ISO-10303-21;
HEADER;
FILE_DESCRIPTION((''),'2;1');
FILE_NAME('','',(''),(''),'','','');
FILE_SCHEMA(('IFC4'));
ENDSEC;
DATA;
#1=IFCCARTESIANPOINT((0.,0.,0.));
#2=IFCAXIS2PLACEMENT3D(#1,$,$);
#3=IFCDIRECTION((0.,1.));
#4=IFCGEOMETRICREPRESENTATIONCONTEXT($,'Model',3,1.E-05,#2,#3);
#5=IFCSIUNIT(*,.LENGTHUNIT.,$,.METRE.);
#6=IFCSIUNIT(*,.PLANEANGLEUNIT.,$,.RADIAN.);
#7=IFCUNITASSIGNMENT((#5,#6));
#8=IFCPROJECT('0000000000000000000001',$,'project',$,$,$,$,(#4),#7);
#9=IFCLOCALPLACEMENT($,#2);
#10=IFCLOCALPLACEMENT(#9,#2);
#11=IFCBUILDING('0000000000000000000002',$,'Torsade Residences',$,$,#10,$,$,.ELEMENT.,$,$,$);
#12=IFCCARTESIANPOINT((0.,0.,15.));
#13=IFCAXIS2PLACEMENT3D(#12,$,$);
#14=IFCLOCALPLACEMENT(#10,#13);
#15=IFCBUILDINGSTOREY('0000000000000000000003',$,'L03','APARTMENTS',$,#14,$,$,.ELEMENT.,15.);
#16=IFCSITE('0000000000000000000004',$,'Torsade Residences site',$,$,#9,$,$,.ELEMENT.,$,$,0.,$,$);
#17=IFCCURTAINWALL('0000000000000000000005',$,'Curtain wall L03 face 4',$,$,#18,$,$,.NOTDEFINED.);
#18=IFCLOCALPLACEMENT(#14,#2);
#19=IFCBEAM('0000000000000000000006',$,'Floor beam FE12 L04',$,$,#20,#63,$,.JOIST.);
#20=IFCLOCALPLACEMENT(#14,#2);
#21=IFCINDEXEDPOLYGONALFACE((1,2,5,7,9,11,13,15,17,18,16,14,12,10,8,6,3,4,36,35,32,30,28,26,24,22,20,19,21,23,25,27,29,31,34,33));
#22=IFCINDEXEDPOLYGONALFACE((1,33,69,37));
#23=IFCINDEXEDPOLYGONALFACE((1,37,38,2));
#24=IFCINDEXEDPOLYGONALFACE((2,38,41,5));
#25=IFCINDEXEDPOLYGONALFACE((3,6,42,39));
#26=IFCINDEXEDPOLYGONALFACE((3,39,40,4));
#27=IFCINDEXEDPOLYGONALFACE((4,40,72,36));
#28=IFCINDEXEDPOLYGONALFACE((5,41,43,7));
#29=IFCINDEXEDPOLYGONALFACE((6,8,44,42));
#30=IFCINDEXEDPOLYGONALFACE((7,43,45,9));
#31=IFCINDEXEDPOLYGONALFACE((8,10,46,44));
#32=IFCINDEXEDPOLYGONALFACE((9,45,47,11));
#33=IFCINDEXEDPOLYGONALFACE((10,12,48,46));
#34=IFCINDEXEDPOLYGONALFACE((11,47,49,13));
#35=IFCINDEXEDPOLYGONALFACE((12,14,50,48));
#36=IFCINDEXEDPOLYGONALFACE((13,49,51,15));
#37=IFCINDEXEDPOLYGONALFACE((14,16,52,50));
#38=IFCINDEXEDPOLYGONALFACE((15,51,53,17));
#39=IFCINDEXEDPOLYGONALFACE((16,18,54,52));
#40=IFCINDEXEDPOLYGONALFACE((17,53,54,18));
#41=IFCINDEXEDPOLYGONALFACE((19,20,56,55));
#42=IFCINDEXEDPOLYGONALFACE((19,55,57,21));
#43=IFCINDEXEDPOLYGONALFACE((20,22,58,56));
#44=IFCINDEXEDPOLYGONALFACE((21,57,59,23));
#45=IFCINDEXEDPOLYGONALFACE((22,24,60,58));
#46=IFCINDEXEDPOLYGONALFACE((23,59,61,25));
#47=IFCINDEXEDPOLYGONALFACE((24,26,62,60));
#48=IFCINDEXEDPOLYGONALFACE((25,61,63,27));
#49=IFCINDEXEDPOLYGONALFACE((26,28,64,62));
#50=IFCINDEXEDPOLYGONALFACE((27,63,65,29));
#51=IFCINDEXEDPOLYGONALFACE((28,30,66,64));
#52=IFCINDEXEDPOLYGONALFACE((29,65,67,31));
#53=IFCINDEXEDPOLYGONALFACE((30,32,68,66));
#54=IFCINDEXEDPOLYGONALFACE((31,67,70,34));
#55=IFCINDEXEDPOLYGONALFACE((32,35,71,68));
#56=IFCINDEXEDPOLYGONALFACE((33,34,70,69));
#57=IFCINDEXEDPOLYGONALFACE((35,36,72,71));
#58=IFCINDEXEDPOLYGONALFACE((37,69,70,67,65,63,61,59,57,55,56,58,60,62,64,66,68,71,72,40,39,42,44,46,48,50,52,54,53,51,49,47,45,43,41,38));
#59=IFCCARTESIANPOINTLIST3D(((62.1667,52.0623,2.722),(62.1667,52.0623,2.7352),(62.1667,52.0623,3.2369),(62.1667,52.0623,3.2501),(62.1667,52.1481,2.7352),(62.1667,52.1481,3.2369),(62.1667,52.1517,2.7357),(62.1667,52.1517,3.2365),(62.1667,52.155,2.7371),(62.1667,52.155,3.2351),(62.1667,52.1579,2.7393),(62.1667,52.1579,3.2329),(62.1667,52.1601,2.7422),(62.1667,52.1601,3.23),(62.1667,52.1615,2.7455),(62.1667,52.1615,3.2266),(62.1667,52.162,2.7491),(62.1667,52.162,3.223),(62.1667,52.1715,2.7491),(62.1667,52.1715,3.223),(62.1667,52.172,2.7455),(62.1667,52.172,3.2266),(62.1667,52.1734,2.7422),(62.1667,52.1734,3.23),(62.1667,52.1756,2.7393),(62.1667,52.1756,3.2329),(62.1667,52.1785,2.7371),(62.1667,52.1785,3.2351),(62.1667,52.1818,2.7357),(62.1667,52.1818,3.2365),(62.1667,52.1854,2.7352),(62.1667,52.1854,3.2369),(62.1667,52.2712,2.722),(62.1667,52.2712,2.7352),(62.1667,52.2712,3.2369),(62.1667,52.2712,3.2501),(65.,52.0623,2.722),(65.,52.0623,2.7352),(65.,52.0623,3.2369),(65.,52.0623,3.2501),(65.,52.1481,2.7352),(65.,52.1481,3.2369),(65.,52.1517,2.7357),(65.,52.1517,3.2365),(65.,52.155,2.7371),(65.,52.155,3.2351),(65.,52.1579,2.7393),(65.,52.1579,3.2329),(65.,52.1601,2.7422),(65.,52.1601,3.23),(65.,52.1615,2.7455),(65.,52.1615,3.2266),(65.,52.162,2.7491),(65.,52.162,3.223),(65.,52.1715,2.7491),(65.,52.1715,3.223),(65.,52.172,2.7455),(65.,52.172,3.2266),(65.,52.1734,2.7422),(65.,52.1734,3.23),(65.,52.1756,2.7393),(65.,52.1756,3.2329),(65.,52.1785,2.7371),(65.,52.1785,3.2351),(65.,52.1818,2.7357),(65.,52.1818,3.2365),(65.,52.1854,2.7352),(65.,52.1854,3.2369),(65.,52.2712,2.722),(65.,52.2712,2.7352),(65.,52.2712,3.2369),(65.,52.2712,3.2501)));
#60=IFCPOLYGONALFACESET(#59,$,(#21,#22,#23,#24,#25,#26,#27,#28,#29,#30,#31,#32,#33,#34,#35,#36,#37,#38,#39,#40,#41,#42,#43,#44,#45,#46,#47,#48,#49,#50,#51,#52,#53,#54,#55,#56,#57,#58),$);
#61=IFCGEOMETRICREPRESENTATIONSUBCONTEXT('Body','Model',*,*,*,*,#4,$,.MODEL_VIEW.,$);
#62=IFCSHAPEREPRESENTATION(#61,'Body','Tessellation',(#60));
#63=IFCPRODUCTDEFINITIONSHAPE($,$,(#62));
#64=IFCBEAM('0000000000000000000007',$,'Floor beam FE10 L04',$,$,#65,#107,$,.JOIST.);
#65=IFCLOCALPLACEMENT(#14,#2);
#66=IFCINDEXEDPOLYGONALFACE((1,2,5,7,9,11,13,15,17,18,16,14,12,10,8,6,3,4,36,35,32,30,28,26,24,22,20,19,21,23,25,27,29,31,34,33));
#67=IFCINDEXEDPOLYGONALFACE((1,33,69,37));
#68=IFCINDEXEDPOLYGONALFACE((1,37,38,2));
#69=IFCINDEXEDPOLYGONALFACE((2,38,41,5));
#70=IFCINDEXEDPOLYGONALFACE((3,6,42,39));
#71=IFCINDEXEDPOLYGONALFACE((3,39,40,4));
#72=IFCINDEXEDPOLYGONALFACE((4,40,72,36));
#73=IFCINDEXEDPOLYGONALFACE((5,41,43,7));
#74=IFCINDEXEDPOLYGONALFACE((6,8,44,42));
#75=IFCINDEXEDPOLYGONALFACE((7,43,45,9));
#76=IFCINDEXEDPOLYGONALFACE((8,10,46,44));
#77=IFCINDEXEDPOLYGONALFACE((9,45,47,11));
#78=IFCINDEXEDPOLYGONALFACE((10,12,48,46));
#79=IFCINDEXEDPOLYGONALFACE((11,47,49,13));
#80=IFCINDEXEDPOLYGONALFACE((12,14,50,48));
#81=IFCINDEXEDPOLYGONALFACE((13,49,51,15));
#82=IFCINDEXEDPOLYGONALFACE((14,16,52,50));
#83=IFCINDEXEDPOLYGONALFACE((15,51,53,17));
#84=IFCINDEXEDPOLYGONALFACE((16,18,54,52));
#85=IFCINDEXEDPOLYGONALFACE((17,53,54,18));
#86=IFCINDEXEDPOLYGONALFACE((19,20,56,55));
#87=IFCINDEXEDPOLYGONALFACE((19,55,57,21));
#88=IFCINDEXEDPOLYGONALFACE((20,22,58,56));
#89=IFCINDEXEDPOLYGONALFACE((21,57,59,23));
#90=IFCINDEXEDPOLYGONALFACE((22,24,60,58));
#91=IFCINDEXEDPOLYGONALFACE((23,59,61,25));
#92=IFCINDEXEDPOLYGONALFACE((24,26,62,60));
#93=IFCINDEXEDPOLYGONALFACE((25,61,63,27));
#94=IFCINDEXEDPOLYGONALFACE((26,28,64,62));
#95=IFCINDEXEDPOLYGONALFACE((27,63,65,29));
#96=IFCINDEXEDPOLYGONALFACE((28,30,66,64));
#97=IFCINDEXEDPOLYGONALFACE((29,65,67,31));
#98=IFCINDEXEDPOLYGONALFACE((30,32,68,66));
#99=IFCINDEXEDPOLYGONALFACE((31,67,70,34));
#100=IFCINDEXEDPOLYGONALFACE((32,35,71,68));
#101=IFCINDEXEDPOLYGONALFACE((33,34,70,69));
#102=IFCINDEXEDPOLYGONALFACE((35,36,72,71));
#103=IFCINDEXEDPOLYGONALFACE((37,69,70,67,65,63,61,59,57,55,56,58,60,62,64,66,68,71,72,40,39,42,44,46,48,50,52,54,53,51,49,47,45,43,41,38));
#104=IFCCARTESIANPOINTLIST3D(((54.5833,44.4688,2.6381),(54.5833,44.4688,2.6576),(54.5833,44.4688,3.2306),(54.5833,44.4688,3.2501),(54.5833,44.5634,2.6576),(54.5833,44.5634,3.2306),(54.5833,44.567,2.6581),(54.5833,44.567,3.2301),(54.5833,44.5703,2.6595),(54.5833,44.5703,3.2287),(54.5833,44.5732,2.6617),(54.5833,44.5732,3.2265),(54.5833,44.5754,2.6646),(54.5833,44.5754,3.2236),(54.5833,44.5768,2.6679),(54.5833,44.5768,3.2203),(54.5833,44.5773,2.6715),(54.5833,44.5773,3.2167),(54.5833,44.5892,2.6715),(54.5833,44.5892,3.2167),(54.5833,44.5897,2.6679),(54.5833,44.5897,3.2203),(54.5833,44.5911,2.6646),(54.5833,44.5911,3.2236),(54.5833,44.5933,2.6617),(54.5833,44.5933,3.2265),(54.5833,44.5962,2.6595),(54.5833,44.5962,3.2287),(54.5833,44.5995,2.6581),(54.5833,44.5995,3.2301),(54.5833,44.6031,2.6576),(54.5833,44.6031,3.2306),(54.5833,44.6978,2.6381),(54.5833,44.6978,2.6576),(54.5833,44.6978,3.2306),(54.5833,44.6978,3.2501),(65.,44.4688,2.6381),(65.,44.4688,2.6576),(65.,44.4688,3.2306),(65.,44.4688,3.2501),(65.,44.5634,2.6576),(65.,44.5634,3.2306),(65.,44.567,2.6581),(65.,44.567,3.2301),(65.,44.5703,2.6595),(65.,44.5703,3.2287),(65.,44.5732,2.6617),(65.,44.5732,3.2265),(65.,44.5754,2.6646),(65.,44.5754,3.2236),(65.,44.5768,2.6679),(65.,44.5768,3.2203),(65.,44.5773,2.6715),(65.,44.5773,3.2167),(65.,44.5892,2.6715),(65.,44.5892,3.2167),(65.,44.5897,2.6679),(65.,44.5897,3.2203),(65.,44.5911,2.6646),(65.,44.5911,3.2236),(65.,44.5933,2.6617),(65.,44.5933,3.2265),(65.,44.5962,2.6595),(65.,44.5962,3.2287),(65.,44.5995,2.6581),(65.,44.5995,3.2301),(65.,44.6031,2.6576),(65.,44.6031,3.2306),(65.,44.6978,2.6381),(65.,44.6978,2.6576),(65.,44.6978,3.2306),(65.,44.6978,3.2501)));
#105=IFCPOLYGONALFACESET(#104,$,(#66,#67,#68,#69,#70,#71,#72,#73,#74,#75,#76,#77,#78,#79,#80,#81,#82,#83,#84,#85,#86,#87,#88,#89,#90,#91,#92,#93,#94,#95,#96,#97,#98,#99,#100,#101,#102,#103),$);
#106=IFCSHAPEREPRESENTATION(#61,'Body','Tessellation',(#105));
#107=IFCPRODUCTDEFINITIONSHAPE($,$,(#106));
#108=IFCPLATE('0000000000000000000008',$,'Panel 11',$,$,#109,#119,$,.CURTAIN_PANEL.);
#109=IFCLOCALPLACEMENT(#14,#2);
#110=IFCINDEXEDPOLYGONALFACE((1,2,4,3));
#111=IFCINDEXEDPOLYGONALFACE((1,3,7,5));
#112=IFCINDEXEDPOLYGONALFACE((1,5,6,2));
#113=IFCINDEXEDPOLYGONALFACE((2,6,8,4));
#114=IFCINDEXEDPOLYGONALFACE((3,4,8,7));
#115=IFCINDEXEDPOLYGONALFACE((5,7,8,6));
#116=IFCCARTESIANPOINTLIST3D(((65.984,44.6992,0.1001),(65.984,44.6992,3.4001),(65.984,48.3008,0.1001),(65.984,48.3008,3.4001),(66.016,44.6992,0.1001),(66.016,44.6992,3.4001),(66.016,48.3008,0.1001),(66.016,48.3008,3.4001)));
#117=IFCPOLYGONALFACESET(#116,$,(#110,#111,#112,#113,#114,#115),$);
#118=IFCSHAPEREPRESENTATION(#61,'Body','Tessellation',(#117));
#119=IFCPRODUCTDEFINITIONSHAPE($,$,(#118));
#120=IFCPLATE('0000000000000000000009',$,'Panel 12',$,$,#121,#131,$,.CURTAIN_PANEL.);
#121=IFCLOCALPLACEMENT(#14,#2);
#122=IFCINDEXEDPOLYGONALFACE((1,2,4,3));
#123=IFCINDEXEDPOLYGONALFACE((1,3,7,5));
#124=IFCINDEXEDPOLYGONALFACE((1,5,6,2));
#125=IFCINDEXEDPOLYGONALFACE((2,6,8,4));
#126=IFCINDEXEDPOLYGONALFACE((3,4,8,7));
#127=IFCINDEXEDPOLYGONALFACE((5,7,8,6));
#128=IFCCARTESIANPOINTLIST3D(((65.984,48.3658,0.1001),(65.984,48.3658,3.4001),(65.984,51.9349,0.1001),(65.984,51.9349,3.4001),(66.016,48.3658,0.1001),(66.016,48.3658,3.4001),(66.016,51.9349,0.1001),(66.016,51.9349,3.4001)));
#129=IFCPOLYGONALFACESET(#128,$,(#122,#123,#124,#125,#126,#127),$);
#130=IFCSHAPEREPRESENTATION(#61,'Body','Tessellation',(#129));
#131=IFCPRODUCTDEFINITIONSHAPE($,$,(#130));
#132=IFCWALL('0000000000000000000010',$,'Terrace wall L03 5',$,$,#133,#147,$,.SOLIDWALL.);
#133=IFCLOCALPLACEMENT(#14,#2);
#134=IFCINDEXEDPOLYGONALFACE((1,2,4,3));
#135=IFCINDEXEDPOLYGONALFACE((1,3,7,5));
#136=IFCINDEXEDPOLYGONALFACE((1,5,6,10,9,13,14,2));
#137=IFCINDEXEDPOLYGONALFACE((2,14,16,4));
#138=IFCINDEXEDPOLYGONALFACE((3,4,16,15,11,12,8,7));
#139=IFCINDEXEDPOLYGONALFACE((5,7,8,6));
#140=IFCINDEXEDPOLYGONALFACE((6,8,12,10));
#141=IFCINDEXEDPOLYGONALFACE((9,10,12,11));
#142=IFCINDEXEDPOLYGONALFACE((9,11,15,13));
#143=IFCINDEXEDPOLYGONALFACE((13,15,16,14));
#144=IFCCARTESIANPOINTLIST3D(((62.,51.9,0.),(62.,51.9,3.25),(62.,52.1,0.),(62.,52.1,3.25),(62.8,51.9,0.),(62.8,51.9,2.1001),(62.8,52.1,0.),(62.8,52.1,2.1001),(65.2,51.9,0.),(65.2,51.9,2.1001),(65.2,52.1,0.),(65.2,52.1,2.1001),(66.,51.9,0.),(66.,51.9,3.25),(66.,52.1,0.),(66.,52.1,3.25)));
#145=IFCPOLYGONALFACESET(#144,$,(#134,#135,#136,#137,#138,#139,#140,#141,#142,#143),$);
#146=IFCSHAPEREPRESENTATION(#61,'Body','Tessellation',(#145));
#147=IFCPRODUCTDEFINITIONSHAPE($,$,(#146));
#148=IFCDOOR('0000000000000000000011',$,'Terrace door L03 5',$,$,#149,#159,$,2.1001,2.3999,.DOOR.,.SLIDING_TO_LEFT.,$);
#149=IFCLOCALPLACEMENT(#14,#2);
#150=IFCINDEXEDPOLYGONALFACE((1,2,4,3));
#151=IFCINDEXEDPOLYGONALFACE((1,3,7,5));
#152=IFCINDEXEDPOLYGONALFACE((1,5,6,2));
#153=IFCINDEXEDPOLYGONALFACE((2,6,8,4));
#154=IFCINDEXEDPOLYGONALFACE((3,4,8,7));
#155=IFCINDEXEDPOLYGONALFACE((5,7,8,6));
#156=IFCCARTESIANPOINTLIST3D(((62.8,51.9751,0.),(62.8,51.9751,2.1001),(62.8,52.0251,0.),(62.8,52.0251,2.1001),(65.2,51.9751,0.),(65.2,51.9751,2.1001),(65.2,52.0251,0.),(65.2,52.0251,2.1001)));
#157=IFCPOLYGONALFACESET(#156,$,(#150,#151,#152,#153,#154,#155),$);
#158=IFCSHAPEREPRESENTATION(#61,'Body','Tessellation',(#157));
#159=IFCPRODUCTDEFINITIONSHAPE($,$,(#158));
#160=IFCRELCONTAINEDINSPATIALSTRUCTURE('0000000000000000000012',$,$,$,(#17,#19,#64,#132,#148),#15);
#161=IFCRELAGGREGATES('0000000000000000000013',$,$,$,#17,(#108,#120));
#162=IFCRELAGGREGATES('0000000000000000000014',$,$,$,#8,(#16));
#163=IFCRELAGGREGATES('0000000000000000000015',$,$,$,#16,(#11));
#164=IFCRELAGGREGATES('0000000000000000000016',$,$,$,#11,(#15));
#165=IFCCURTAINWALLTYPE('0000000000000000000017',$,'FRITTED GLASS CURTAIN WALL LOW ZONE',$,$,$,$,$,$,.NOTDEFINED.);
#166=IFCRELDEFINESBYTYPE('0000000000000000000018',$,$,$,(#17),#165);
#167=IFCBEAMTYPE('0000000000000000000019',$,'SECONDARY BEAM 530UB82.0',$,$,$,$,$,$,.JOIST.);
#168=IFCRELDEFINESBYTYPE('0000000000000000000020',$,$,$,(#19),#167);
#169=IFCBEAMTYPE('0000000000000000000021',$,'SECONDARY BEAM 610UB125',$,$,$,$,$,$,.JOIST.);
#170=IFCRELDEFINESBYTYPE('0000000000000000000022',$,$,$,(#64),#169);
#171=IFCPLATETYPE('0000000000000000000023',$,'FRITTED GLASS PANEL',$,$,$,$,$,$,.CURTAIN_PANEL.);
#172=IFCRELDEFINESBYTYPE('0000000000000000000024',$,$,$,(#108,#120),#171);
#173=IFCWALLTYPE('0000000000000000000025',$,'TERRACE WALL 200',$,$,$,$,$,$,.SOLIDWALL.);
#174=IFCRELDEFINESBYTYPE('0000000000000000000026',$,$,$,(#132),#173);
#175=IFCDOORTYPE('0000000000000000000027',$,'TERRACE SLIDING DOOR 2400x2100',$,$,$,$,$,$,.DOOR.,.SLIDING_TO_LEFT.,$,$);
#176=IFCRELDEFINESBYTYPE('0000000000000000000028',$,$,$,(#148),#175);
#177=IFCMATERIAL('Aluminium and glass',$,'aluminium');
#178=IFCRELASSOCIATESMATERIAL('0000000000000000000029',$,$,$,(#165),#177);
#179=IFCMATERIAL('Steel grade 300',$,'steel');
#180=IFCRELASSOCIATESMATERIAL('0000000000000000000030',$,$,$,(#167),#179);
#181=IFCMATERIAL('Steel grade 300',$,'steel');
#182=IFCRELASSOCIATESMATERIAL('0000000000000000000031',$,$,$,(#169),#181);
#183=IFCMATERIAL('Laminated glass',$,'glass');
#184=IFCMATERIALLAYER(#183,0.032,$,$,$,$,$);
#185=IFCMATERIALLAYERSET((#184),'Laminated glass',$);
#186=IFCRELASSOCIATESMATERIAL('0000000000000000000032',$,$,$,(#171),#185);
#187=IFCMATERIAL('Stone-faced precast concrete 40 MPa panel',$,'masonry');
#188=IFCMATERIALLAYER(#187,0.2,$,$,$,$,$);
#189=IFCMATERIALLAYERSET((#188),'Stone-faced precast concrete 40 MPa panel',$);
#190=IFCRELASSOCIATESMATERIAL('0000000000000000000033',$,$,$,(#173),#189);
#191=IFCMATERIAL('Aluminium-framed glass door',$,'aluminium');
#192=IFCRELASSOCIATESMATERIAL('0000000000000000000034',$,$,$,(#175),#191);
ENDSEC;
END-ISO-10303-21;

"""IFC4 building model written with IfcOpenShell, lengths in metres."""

from ifc_helpers import new_model, si_unit, direction, frame, frame_2d, origin, origin_2d, place, context, subcontext, project, spatial, rectangle, i_section, extrude, material, layer, layer_set, material_profile, profile_set, type_object, element, fill, aggregate, save


model = new_model("IFC4")

# Units and contexts
model_context = context("Model", 3, precision=1e-05, world=origin(), true_north=direction((0.0, 1.0)))
body_context = subcontext(model_context, "Body", "Model", "MODEL_VIEW")
ifc_project = project(units=[si_unit("LENGTHUNIT", "METRE"), si_unit("PLANEANGLEUNIT", "RADIAN")], contexts=[model_context])

# Site, building, storey
site_placement = place(None, origin())
site = spatial("IfcSite", under=ifc_project, at=site_placement, Name="Torsade Residences site", CompositionType="ELEMENT", RefElevation=0.0)
building_placement = place(site_placement, origin())
building = spatial("IfcBuilding", under=site, at=building_placement, Name="Torsade Residences", CompositionType="ELEMENT")
storey_placement = place(building_placement, frame((0.0, 0.0, 15.0)))
storey = spatial("IfcBuildingStorey", under=building, at=storey_placement, Name="L03", Description="APARTMENTS", CompositionType="ELEMENT", Elevation=15.0)

# Curtain wall
ifc_material_1 = material(Name="Aluminium and glass", Category="aluminium")
curtain_wall_type = type_object("IfcCurtainWallType", Name="FRITTED GLASS CURTAIN WALL LOW ZONE", PredefinedType="NOTDEFINED", material=ifc_material_1)
curtain_wall_placement = place(storey_placement, origin())
curtain_wall = element("IfcCurtainWall", 1, at=curtain_wall_placement, inside=storey, type_object=curtain_wall_type, Name="Curtain wall L03 face 4", PredefinedType="NOTDEFINED")

# Beams
ifc_material_2 = material(Name="Steel grade 300", Category="steel")
ifc_material_profile_1 = material_profile(ifc_material_2, i_section(OverallWidth=0.209, OverallDepth=0.5281, WebThickness=0.0095, FlangeThickness=0.0132, FilletRadius=0.0139, at=origin_2d()), Name="530UB82.0")
ifc_profile_set_1 = profile_set([ifc_material_profile_1], Name="Steel grade 300")
beam_type_1 = type_object("IfcBeamType", Name="SECONDARY BEAM 530UB82.0", PredefinedType="JOIST", material=ifc_profile_set_1)
beam_1_placement = place(storey_placement, frame((65.0, 52.1667, 2.9861), z_axis=(-1.0, 0.0, 0.0), x_axis=(0.0, -1.0, 0.0)))
element("IfcBeam", 2, at=beam_1_placement, inside=storey, type_object=beam_type_1, Name="Floor beam FE12 L04", PredefinedType="JOIST", context=body_context, shape_type="SweptSolid", body=[
    extrude(i_section(OverallWidth=0.209, OverallDepth=0.5281, WebThickness=0.0095, FlangeThickness=0.0132, FilletRadius=0.0139, at=origin_2d()), origin(), (0.0, 0.0, 1.0), 2.8333),
])
ifc_material_3 = material(Name="Steel grade 300", Category="steel")
ifc_material_profile_2 = material_profile(ifc_material_3, i_section(OverallWidth=0.229, OverallDepth=0.6121, WebThickness=0.012, FlangeThickness=0.0195, FilletRadius=0.0139, at=origin_2d()), Name="610UB125")
ifc_profile_set_2 = profile_set([ifc_material_profile_2], Name="Steel grade 300")
beam_type_2 = type_object("IfcBeamType", Name="SECONDARY BEAM 610UB125", PredefinedType="JOIST", material=ifc_profile_set_2)
beam_2_placement = place(storey_placement, frame((65.0, 44.5833, 2.9441), z_axis=(-1.0, 0.0, 0.0), x_axis=(0.0, -1.0, 0.0)))
element("IfcBeam", 3, at=beam_2_placement, inside=storey, type_object=beam_type_2, Name="Floor beam FE10 L04", PredefinedType="JOIST", context=body_context, shape_type="SweptSolid", body=[
    extrude(i_section(OverallWidth=0.229, OverallDepth=0.6121, WebThickness=0.012, FlangeThickness=0.0195, FilletRadius=0.0139, at=origin_2d()), origin(), (0.0, 0.0, 1.0), 10.4167),
])

# Plates
ifc_material_4 = material(Name="Laminated glass", Category="glass")
ifc_layer_1 = layer(ifc_material_4, 0.032)
ifc_layer_set_1 = layer_set([ifc_layer_1], Name="Laminated glass")
plate_type = type_object("IfcPlateType", Name="FRITTED GLASS PANEL", PredefinedType="CURTAIN_PANEL", material=ifc_layer_set_1)
plate_1_placement = place(storey_placement, frame((66.0, 46.5, 0.1001), z_axis=(0.0, 0.0, 1.0), x_axis=(0.0, 1.0, 0.0)))
plate_1 = element("IfcPlate", 4, at=plate_1_placement, type_object=plate_type, Name="Panel 11", PredefinedType="CURTAIN_PANEL", context=body_context, shape_type="SweptSolid", body=[
    extrude(rectangle(XDim=3.6016, YDim=0.032, at=origin_2d()), origin(), (0.0, 0.0, 1.0), 3.3),
])
plate_2_placement = place(storey_placement, frame((66.0, 50.1504, 0.1001), z_axis=(0.0, 0.0, 1.0), x_axis=(0.0, 1.0, 0.0)))
plate_2 = element("IfcPlate", 5, at=plate_2_placement, type_object=plate_type, Name="Panel 12", PredefinedType="CURTAIN_PANEL", context=body_context, shape_type="SweptSolid", body=[
    extrude(rectangle(XDim=3.5691, YDim=0.032, at=origin_2d()), origin(), (0.0, 0.0, 1.0), 3.3),
])
aggregate(curtain_wall, [plate_1, plate_2])

# Wall, opening, door
ifc_material_5 = material(Name="Stone-faced precast concrete 40 MPa panel", Category="masonry")
ifc_layer_2 = layer(ifc_material_5, 0.2)
ifc_layer_set_2 = layer_set([ifc_layer_2], Name="Stone-faced precast concrete 40 MPa panel")
wall_type = type_object("IfcWallType", Name="TERRACE WALL 200", PredefinedType="SOLIDWALL", material=ifc_layer_set_2)
wall_placement = place(storey_placement, frame((66.0, 52.0, 0.0), z_axis=(0.0, 0.0, 1.0), x_axis=(-1.0, 0.0, 0.0)))
wall = element("IfcWall", 6, at=wall_placement, inside=storey, type_object=wall_type, Name="Terrace wall L03 5", PredefinedType="SOLIDWALL", context=body_context, shape_type="SweptSolid", body=[
    extrude(rectangle(XDim=4.0, YDim=0.2, at=frame_2d((2.0, 0.0))), origin(), (0.0, 0.0, 1.0), 3.25),
])
opening_placement = place(wall_placement, frame((0.8, 0.0, 0.0)))
opening = element("IfcOpeningElement", 7, at=opening_placement, cuts=wall, PredefinedType="OPENING", context=body_context, shape_type="SweptSolid", body=[
    extrude(rectangle(XDim=2.3999, YDim=2.1001, at=frame_2d((1.2, 1.05))), frame((0.0, 0.1099, 0.0), z_axis=(0.0, -1.0, 0.0), x_axis=(1.0, 0.0, 0.0)), (0.0, 0.0, 1.0), 0.22),
])
ifc_material_6 = material(Name="Aluminium-framed glass door", Category="aluminium")
door_type = type_object("IfcDoorType", Name="TERRACE SLIDING DOOR 2400x2100", OperationType="SLIDING_TO_LEFT", PredefinedType="DOOR", material=ifc_material_6)
door_placement = place(opening_placement, origin())
door = element("IfcDoor", 8, at=door_placement, inside=storey, type_object=door_type, Name="Terrace door L03 5", OperationType="SLIDING_TO_LEFT", OverallHeight=2.1001, OverallWidth=2.3999, PredefinedType="DOOR", context=body_context, shape_type="SweptSolid", body=[
    extrude(rectangle(XDim=2.3999, YDim=2.1001, at=frame_2d((1.2, 1.05))), frame((0.0, 0.0249, 0.0), z_axis=(0.0, -1.0, 0.0), x_axis=(1.0, 0.0, 0.0)), (0.0, 0.0, 1.0), 0.05),
])
fill(opening, door)

save(model, "model.ifc")
